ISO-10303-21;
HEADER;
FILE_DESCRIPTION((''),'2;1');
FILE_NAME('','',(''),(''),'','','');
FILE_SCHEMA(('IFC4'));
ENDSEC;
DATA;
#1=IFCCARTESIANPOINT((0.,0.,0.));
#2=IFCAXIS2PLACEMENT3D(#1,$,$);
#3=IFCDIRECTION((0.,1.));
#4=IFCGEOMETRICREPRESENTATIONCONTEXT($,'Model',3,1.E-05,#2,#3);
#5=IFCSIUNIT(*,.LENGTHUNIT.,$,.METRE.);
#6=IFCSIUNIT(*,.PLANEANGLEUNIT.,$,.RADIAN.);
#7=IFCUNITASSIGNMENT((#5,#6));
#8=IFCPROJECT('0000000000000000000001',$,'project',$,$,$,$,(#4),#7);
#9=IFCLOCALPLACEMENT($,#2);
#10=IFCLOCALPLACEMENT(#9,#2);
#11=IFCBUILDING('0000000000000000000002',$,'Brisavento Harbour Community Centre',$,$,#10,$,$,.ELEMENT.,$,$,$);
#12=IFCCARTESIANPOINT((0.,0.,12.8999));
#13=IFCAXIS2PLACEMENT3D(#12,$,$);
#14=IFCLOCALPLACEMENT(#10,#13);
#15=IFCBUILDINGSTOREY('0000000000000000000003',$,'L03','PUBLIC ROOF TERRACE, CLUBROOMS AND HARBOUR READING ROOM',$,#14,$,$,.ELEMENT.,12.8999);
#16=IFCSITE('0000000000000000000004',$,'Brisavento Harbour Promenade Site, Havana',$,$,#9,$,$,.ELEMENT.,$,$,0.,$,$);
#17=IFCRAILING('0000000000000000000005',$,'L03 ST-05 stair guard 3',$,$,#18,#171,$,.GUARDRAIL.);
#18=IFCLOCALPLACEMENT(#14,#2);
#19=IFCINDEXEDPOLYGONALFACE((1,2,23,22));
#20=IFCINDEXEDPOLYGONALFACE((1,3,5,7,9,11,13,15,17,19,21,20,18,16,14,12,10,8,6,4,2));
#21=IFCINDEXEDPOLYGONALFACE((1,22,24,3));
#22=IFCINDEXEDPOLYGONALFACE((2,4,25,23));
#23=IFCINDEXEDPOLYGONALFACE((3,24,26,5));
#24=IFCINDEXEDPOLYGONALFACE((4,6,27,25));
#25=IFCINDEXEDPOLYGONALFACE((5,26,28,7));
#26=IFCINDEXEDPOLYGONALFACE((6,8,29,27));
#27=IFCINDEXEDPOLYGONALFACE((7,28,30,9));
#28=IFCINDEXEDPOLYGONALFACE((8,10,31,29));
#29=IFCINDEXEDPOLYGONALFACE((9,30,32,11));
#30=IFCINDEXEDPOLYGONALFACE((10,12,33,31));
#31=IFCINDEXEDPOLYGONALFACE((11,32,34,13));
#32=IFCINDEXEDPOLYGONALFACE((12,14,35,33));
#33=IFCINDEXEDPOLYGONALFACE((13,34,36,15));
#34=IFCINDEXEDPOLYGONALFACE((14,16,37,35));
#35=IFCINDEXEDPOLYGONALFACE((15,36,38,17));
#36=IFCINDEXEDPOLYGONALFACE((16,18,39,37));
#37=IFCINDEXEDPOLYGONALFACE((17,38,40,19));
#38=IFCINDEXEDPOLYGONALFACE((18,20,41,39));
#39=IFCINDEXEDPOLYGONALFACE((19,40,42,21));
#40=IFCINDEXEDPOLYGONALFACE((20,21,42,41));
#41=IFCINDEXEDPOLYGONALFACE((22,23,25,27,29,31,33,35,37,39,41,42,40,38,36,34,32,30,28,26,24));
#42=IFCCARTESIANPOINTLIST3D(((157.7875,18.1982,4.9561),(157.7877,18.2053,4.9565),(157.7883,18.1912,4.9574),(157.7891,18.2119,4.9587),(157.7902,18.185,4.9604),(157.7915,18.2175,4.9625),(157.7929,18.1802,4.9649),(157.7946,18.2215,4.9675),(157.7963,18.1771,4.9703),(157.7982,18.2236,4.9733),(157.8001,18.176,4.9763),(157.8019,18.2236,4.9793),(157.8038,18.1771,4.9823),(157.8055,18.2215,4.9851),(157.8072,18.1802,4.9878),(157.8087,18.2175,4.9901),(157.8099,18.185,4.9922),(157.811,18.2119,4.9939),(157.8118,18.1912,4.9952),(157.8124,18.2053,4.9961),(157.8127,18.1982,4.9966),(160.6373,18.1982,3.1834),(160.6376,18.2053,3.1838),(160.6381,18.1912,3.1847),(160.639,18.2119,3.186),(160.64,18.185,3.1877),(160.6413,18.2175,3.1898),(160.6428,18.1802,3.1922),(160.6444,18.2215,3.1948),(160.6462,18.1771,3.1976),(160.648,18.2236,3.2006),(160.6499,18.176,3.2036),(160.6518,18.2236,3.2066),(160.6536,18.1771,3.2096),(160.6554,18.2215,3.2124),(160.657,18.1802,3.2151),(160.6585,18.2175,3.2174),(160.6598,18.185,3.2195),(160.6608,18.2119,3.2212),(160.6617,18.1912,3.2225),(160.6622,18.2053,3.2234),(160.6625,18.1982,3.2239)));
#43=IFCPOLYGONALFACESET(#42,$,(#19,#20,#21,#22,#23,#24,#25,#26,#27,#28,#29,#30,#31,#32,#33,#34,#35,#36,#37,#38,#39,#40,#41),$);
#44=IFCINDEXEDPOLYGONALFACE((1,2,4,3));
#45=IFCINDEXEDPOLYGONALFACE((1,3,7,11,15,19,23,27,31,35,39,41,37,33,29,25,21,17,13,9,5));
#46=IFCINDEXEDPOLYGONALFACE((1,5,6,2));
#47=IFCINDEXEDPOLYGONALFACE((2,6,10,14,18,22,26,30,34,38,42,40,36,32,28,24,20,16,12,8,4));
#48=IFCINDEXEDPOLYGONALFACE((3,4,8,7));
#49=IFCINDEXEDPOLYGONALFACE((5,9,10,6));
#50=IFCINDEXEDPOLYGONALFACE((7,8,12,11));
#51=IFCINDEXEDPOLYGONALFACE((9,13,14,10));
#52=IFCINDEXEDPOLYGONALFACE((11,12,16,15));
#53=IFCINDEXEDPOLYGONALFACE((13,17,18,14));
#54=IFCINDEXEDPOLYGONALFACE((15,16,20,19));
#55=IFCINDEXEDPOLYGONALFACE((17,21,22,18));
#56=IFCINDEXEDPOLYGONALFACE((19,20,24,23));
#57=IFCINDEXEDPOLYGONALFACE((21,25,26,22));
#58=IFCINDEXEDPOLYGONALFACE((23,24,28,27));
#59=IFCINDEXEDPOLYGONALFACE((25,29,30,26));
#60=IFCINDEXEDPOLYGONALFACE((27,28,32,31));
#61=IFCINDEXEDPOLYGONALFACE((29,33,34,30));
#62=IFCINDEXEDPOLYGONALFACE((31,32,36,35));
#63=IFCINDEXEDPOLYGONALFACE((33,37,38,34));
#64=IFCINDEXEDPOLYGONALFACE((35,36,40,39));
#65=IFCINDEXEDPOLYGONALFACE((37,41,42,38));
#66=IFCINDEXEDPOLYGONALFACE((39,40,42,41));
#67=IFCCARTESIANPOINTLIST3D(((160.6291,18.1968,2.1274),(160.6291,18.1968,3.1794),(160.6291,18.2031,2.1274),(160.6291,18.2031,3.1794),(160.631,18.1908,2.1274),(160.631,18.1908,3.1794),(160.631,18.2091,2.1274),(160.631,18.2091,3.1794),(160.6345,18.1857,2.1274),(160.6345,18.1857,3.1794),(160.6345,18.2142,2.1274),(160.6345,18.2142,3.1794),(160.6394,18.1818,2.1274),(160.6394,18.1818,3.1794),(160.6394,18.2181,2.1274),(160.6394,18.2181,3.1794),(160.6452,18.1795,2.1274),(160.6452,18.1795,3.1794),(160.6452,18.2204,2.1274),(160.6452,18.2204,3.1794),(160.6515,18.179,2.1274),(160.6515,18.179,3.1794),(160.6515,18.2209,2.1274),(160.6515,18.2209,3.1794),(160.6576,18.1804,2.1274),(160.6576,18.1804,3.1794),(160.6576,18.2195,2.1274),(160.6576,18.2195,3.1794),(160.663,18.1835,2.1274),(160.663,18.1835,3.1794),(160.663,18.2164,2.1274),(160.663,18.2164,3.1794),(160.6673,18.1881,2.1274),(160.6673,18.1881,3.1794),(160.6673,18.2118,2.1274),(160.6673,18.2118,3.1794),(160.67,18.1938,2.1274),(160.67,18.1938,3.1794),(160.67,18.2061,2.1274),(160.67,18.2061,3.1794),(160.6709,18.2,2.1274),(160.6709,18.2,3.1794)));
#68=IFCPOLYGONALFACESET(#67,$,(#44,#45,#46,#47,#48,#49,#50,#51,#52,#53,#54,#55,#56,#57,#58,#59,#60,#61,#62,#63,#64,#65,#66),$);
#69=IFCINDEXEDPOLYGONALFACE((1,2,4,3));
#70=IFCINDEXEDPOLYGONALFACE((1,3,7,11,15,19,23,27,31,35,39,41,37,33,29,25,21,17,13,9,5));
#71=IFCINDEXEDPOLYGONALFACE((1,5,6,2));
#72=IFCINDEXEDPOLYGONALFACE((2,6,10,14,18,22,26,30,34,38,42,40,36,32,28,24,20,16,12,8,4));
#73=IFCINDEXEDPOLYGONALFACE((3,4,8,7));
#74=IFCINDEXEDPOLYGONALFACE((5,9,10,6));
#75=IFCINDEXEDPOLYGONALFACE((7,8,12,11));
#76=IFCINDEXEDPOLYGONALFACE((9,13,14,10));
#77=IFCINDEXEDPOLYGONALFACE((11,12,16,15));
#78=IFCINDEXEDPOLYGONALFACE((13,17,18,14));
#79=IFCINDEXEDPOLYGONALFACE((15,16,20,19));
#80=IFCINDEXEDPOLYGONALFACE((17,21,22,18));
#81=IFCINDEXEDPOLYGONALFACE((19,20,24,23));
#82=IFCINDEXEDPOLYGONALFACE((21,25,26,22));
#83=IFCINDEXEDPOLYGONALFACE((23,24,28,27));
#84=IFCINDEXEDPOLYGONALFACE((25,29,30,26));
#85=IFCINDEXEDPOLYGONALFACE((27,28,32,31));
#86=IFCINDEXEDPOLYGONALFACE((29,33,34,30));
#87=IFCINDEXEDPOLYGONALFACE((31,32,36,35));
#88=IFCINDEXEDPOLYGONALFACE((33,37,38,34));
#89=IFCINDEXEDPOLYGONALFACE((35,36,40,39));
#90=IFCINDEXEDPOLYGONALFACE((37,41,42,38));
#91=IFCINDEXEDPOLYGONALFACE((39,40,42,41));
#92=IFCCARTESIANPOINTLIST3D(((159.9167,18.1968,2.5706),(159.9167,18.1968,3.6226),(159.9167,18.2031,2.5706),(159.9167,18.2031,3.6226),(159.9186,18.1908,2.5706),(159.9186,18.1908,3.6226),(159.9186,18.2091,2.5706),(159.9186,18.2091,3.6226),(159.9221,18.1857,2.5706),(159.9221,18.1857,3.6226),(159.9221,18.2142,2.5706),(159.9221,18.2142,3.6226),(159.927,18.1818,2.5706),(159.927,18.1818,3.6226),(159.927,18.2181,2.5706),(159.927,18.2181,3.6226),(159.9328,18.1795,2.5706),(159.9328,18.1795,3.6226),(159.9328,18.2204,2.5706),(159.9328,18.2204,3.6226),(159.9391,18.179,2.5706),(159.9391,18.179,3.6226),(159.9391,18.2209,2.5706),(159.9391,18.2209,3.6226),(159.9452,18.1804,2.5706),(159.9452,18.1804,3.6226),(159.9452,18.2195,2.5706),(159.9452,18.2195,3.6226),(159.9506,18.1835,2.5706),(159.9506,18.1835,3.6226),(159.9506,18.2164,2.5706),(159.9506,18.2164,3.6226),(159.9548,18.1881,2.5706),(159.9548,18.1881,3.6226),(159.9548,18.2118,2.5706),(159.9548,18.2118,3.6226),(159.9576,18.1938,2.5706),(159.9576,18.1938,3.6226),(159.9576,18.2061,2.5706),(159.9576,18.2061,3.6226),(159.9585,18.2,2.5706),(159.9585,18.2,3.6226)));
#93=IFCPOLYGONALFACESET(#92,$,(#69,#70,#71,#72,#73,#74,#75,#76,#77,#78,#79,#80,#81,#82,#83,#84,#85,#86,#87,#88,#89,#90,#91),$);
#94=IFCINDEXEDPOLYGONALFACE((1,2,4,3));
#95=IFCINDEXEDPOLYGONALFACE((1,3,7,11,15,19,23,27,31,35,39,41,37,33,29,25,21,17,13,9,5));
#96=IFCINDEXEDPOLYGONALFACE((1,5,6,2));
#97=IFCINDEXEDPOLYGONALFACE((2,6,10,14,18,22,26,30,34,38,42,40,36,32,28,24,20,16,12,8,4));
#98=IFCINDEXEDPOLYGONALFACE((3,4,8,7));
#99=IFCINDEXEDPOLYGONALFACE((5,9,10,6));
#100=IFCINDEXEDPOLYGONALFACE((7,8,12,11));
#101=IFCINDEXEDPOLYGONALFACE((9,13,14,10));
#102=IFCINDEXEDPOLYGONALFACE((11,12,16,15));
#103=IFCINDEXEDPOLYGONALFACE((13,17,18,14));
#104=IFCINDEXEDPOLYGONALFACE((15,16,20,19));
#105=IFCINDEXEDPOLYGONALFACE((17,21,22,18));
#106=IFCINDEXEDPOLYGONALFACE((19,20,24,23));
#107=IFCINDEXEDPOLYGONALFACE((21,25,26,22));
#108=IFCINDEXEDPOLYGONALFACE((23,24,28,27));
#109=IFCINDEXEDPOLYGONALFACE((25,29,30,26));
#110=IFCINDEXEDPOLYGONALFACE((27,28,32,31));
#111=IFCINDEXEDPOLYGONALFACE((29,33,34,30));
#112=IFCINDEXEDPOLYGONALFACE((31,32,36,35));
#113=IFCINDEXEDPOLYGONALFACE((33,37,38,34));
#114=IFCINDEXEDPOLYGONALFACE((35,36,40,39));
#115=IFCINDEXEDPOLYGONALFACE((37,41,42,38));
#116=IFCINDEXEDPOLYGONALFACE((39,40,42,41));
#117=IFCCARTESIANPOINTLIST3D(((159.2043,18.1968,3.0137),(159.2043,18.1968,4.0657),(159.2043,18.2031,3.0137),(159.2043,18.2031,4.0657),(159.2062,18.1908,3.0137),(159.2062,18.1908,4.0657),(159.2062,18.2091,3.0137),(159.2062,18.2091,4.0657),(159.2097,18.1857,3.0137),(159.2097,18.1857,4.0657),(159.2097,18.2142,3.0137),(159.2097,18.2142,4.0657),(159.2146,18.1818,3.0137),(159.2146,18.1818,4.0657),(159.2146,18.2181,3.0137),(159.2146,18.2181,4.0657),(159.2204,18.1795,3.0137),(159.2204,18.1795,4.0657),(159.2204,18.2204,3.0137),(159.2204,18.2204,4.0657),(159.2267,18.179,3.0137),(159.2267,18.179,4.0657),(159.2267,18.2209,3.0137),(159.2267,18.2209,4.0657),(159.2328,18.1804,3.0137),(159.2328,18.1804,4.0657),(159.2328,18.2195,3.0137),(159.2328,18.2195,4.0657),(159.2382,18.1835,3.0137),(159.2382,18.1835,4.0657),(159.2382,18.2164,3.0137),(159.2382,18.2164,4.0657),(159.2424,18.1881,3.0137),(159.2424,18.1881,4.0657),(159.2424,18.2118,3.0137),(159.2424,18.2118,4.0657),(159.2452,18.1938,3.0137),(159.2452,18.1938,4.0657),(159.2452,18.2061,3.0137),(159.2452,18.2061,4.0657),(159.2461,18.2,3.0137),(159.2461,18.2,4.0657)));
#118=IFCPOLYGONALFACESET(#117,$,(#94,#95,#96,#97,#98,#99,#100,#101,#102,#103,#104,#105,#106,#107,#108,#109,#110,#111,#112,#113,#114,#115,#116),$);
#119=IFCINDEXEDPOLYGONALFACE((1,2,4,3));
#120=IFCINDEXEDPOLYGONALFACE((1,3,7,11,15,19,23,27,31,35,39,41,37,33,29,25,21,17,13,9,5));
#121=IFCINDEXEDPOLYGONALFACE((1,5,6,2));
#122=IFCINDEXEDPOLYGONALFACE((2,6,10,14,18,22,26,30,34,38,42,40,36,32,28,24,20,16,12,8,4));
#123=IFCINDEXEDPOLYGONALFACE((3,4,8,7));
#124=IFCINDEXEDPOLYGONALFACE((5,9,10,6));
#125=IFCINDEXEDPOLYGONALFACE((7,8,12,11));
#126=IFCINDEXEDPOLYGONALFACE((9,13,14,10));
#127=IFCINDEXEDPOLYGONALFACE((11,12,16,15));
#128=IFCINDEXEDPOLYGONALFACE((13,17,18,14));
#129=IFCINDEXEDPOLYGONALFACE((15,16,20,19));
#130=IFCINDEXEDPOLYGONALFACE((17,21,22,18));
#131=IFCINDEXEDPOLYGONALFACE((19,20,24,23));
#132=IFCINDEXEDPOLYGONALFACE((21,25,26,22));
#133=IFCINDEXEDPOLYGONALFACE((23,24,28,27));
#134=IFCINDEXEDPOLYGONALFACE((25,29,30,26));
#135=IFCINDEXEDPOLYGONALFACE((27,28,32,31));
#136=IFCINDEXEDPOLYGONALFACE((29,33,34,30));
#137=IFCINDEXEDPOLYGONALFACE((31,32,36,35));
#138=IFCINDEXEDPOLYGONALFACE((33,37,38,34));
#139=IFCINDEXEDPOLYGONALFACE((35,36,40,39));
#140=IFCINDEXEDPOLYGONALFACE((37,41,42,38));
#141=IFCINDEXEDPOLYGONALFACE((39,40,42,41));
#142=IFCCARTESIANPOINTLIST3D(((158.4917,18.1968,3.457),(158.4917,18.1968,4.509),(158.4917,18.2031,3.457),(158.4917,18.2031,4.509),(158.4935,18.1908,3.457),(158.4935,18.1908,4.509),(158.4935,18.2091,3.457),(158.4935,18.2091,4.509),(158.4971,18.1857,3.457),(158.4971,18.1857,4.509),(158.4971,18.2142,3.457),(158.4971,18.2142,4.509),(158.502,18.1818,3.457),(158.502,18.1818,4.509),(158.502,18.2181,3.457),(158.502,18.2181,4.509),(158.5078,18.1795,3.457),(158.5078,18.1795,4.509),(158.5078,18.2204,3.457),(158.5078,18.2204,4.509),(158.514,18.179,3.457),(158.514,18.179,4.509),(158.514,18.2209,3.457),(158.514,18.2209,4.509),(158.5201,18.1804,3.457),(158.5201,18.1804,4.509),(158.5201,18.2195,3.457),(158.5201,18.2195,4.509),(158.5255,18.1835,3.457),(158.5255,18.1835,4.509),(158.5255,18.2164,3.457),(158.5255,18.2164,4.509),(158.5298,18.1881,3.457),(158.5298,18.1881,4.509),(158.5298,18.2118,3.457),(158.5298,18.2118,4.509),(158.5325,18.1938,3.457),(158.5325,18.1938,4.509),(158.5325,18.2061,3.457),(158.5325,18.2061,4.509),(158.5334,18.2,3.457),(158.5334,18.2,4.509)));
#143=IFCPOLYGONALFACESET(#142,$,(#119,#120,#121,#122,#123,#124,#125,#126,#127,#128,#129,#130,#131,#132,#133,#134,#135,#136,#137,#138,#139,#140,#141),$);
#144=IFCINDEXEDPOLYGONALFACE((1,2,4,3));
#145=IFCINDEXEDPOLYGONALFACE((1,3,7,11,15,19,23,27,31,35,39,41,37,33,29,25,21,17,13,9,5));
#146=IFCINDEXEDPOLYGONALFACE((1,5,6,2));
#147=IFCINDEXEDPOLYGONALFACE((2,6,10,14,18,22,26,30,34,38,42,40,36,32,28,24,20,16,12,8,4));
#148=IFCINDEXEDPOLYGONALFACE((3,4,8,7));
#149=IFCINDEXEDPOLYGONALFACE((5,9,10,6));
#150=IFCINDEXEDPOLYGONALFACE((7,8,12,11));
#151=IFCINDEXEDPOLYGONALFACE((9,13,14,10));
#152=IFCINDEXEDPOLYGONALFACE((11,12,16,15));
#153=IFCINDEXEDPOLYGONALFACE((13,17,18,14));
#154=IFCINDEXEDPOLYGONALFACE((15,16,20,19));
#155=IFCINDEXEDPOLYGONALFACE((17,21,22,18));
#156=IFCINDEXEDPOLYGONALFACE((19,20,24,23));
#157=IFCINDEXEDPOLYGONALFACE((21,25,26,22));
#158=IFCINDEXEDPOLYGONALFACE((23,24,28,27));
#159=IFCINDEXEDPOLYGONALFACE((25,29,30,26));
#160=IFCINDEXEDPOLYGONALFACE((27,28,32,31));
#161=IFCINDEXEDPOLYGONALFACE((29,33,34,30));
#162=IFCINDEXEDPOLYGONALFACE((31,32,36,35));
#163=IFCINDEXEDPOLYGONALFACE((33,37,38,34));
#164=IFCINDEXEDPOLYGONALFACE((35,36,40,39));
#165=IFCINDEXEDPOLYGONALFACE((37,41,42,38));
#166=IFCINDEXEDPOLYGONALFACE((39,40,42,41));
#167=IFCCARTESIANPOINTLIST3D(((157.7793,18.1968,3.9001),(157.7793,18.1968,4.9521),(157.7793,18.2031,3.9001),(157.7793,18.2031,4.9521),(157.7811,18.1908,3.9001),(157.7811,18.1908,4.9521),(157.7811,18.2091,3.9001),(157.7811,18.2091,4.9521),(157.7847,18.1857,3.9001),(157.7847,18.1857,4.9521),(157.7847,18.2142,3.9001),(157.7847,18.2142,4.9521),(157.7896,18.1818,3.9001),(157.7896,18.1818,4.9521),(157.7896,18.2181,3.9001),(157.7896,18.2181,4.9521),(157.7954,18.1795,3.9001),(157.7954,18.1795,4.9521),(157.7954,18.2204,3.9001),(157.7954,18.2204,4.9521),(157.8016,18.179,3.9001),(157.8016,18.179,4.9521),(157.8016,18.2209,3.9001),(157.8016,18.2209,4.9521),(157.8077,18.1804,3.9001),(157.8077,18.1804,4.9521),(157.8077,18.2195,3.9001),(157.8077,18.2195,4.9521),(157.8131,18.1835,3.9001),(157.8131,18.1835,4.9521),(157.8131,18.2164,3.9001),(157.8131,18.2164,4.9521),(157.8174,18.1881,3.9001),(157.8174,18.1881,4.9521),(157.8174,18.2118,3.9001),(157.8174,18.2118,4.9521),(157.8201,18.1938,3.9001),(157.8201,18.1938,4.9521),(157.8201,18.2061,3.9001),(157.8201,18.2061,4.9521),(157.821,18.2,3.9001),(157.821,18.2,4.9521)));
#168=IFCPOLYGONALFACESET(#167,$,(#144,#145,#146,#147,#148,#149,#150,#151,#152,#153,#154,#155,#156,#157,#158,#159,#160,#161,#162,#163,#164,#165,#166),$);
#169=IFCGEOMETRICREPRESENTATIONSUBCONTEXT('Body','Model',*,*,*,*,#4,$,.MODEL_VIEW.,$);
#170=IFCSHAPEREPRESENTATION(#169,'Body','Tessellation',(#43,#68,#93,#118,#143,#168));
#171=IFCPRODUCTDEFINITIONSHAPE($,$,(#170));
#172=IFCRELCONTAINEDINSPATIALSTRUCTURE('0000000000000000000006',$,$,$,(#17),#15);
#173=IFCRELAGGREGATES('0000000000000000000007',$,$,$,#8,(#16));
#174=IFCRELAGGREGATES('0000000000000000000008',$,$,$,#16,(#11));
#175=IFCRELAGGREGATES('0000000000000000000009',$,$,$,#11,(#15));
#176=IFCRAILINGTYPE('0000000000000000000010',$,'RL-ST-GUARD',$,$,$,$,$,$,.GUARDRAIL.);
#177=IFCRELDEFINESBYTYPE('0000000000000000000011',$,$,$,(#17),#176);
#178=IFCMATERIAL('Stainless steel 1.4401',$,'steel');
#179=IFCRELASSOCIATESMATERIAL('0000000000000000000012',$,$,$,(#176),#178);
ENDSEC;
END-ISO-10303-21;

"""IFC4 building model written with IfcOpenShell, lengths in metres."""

from ifc_helpers import new_model, si_unit, direction, frame, origin, origin_2d, place, context, subcontext, project, spatial, circle, extrude, material, type_object, element, save


model = new_model("IFC4")

# Units and contexts
model_context = context("Model", 3, precision=1e-05, world=origin(), true_north=direction((0.0, 1.0)))
body_context = subcontext(model_context, "Body", "Model", "MODEL_VIEW")
ifc_project = project(units=[si_unit("LENGTHUNIT", "METRE"), si_unit("PLANEANGLEUNIT", "RADIAN")], contexts=[model_context])

# Site, building, storey
site_placement = place(None, origin())
site = spatial("IfcSite", under=ifc_project, at=site_placement, Name="Brisavento Harbour Promenade Site, Havana", CompositionType="ELEMENT", RefElevation=0.0)
building_placement = place(site_placement, origin())
building = spatial("IfcBuilding", under=site, at=building_placement, Name="Brisavento Harbour Community Centre", CompositionType="ELEMENT")
storey_placement = place(building_placement, frame((0.0, 0.0, 12.8999)))
storey = spatial("IfcBuildingStorey", under=building, at=storey_placement, Name="L03", Description="PUBLIC ROOF TERRACE, CLUBROOMS AND HARBOUR READING ROOM", CompositionType="ELEMENT", Elevation=12.8999)

# Railing
ifc_material_1 = material(Name="Stainless steel 1.4401", Category="steel")
railing_type_1 = type_object("IfcRailingType", Name="RL-ST-GUARD", PredefinedType="GUARDRAIL", material=ifc_material_1)
railing_1_placement = place(storey_placement, frame((160.6499, 18.2, 2.1274)))
element("IfcRailing", 1, at=railing_1_placement, inside=storey, type_object=railing_type_1, Name="L03 ST-05 stair guard 3", PredefinedType="GUARDRAIL", context=body_context, shape_type="SweptSolid", body=[
    extrude(circle(Radius=0.0239, at=origin_2d()), frame((0.0, 0.0, 1.0762), z_axis=(-0.849128, 0.0, 0.528187), x_axis=(0.0, -1.0, 0.0)), (0.0, 0.0, 1.0), 3.3562),
    extrude(circle(Radius=0.021, at=origin_2d()), origin(), (0.0, 0.0, 1.0), 1.052),
    extrude(circle(Radius=0.021, at=origin_2d()), frame((-0.7124, 0.0, 0.4431)), (0.0, 0.0, 1.0), 1.052),
    extrude(circle(Radius=0.021, at=origin_2d()), frame((-1.4248, 0.0, 0.8862)), (0.0, 0.0, 1.0), 1.052),
    extrude(circle(Radius=0.021, at=origin_2d()), frame((-2.1375, 0.0, 1.3296)), (0.0, 0.0, 1.0), 1.052),
    extrude(circle(Radius=0.021, at=origin_2d()), frame((-2.8499, 0.0, 1.7727)), (0.0, 0.0, 1.0), 1.052),
])

save(model, "model.ifc")
